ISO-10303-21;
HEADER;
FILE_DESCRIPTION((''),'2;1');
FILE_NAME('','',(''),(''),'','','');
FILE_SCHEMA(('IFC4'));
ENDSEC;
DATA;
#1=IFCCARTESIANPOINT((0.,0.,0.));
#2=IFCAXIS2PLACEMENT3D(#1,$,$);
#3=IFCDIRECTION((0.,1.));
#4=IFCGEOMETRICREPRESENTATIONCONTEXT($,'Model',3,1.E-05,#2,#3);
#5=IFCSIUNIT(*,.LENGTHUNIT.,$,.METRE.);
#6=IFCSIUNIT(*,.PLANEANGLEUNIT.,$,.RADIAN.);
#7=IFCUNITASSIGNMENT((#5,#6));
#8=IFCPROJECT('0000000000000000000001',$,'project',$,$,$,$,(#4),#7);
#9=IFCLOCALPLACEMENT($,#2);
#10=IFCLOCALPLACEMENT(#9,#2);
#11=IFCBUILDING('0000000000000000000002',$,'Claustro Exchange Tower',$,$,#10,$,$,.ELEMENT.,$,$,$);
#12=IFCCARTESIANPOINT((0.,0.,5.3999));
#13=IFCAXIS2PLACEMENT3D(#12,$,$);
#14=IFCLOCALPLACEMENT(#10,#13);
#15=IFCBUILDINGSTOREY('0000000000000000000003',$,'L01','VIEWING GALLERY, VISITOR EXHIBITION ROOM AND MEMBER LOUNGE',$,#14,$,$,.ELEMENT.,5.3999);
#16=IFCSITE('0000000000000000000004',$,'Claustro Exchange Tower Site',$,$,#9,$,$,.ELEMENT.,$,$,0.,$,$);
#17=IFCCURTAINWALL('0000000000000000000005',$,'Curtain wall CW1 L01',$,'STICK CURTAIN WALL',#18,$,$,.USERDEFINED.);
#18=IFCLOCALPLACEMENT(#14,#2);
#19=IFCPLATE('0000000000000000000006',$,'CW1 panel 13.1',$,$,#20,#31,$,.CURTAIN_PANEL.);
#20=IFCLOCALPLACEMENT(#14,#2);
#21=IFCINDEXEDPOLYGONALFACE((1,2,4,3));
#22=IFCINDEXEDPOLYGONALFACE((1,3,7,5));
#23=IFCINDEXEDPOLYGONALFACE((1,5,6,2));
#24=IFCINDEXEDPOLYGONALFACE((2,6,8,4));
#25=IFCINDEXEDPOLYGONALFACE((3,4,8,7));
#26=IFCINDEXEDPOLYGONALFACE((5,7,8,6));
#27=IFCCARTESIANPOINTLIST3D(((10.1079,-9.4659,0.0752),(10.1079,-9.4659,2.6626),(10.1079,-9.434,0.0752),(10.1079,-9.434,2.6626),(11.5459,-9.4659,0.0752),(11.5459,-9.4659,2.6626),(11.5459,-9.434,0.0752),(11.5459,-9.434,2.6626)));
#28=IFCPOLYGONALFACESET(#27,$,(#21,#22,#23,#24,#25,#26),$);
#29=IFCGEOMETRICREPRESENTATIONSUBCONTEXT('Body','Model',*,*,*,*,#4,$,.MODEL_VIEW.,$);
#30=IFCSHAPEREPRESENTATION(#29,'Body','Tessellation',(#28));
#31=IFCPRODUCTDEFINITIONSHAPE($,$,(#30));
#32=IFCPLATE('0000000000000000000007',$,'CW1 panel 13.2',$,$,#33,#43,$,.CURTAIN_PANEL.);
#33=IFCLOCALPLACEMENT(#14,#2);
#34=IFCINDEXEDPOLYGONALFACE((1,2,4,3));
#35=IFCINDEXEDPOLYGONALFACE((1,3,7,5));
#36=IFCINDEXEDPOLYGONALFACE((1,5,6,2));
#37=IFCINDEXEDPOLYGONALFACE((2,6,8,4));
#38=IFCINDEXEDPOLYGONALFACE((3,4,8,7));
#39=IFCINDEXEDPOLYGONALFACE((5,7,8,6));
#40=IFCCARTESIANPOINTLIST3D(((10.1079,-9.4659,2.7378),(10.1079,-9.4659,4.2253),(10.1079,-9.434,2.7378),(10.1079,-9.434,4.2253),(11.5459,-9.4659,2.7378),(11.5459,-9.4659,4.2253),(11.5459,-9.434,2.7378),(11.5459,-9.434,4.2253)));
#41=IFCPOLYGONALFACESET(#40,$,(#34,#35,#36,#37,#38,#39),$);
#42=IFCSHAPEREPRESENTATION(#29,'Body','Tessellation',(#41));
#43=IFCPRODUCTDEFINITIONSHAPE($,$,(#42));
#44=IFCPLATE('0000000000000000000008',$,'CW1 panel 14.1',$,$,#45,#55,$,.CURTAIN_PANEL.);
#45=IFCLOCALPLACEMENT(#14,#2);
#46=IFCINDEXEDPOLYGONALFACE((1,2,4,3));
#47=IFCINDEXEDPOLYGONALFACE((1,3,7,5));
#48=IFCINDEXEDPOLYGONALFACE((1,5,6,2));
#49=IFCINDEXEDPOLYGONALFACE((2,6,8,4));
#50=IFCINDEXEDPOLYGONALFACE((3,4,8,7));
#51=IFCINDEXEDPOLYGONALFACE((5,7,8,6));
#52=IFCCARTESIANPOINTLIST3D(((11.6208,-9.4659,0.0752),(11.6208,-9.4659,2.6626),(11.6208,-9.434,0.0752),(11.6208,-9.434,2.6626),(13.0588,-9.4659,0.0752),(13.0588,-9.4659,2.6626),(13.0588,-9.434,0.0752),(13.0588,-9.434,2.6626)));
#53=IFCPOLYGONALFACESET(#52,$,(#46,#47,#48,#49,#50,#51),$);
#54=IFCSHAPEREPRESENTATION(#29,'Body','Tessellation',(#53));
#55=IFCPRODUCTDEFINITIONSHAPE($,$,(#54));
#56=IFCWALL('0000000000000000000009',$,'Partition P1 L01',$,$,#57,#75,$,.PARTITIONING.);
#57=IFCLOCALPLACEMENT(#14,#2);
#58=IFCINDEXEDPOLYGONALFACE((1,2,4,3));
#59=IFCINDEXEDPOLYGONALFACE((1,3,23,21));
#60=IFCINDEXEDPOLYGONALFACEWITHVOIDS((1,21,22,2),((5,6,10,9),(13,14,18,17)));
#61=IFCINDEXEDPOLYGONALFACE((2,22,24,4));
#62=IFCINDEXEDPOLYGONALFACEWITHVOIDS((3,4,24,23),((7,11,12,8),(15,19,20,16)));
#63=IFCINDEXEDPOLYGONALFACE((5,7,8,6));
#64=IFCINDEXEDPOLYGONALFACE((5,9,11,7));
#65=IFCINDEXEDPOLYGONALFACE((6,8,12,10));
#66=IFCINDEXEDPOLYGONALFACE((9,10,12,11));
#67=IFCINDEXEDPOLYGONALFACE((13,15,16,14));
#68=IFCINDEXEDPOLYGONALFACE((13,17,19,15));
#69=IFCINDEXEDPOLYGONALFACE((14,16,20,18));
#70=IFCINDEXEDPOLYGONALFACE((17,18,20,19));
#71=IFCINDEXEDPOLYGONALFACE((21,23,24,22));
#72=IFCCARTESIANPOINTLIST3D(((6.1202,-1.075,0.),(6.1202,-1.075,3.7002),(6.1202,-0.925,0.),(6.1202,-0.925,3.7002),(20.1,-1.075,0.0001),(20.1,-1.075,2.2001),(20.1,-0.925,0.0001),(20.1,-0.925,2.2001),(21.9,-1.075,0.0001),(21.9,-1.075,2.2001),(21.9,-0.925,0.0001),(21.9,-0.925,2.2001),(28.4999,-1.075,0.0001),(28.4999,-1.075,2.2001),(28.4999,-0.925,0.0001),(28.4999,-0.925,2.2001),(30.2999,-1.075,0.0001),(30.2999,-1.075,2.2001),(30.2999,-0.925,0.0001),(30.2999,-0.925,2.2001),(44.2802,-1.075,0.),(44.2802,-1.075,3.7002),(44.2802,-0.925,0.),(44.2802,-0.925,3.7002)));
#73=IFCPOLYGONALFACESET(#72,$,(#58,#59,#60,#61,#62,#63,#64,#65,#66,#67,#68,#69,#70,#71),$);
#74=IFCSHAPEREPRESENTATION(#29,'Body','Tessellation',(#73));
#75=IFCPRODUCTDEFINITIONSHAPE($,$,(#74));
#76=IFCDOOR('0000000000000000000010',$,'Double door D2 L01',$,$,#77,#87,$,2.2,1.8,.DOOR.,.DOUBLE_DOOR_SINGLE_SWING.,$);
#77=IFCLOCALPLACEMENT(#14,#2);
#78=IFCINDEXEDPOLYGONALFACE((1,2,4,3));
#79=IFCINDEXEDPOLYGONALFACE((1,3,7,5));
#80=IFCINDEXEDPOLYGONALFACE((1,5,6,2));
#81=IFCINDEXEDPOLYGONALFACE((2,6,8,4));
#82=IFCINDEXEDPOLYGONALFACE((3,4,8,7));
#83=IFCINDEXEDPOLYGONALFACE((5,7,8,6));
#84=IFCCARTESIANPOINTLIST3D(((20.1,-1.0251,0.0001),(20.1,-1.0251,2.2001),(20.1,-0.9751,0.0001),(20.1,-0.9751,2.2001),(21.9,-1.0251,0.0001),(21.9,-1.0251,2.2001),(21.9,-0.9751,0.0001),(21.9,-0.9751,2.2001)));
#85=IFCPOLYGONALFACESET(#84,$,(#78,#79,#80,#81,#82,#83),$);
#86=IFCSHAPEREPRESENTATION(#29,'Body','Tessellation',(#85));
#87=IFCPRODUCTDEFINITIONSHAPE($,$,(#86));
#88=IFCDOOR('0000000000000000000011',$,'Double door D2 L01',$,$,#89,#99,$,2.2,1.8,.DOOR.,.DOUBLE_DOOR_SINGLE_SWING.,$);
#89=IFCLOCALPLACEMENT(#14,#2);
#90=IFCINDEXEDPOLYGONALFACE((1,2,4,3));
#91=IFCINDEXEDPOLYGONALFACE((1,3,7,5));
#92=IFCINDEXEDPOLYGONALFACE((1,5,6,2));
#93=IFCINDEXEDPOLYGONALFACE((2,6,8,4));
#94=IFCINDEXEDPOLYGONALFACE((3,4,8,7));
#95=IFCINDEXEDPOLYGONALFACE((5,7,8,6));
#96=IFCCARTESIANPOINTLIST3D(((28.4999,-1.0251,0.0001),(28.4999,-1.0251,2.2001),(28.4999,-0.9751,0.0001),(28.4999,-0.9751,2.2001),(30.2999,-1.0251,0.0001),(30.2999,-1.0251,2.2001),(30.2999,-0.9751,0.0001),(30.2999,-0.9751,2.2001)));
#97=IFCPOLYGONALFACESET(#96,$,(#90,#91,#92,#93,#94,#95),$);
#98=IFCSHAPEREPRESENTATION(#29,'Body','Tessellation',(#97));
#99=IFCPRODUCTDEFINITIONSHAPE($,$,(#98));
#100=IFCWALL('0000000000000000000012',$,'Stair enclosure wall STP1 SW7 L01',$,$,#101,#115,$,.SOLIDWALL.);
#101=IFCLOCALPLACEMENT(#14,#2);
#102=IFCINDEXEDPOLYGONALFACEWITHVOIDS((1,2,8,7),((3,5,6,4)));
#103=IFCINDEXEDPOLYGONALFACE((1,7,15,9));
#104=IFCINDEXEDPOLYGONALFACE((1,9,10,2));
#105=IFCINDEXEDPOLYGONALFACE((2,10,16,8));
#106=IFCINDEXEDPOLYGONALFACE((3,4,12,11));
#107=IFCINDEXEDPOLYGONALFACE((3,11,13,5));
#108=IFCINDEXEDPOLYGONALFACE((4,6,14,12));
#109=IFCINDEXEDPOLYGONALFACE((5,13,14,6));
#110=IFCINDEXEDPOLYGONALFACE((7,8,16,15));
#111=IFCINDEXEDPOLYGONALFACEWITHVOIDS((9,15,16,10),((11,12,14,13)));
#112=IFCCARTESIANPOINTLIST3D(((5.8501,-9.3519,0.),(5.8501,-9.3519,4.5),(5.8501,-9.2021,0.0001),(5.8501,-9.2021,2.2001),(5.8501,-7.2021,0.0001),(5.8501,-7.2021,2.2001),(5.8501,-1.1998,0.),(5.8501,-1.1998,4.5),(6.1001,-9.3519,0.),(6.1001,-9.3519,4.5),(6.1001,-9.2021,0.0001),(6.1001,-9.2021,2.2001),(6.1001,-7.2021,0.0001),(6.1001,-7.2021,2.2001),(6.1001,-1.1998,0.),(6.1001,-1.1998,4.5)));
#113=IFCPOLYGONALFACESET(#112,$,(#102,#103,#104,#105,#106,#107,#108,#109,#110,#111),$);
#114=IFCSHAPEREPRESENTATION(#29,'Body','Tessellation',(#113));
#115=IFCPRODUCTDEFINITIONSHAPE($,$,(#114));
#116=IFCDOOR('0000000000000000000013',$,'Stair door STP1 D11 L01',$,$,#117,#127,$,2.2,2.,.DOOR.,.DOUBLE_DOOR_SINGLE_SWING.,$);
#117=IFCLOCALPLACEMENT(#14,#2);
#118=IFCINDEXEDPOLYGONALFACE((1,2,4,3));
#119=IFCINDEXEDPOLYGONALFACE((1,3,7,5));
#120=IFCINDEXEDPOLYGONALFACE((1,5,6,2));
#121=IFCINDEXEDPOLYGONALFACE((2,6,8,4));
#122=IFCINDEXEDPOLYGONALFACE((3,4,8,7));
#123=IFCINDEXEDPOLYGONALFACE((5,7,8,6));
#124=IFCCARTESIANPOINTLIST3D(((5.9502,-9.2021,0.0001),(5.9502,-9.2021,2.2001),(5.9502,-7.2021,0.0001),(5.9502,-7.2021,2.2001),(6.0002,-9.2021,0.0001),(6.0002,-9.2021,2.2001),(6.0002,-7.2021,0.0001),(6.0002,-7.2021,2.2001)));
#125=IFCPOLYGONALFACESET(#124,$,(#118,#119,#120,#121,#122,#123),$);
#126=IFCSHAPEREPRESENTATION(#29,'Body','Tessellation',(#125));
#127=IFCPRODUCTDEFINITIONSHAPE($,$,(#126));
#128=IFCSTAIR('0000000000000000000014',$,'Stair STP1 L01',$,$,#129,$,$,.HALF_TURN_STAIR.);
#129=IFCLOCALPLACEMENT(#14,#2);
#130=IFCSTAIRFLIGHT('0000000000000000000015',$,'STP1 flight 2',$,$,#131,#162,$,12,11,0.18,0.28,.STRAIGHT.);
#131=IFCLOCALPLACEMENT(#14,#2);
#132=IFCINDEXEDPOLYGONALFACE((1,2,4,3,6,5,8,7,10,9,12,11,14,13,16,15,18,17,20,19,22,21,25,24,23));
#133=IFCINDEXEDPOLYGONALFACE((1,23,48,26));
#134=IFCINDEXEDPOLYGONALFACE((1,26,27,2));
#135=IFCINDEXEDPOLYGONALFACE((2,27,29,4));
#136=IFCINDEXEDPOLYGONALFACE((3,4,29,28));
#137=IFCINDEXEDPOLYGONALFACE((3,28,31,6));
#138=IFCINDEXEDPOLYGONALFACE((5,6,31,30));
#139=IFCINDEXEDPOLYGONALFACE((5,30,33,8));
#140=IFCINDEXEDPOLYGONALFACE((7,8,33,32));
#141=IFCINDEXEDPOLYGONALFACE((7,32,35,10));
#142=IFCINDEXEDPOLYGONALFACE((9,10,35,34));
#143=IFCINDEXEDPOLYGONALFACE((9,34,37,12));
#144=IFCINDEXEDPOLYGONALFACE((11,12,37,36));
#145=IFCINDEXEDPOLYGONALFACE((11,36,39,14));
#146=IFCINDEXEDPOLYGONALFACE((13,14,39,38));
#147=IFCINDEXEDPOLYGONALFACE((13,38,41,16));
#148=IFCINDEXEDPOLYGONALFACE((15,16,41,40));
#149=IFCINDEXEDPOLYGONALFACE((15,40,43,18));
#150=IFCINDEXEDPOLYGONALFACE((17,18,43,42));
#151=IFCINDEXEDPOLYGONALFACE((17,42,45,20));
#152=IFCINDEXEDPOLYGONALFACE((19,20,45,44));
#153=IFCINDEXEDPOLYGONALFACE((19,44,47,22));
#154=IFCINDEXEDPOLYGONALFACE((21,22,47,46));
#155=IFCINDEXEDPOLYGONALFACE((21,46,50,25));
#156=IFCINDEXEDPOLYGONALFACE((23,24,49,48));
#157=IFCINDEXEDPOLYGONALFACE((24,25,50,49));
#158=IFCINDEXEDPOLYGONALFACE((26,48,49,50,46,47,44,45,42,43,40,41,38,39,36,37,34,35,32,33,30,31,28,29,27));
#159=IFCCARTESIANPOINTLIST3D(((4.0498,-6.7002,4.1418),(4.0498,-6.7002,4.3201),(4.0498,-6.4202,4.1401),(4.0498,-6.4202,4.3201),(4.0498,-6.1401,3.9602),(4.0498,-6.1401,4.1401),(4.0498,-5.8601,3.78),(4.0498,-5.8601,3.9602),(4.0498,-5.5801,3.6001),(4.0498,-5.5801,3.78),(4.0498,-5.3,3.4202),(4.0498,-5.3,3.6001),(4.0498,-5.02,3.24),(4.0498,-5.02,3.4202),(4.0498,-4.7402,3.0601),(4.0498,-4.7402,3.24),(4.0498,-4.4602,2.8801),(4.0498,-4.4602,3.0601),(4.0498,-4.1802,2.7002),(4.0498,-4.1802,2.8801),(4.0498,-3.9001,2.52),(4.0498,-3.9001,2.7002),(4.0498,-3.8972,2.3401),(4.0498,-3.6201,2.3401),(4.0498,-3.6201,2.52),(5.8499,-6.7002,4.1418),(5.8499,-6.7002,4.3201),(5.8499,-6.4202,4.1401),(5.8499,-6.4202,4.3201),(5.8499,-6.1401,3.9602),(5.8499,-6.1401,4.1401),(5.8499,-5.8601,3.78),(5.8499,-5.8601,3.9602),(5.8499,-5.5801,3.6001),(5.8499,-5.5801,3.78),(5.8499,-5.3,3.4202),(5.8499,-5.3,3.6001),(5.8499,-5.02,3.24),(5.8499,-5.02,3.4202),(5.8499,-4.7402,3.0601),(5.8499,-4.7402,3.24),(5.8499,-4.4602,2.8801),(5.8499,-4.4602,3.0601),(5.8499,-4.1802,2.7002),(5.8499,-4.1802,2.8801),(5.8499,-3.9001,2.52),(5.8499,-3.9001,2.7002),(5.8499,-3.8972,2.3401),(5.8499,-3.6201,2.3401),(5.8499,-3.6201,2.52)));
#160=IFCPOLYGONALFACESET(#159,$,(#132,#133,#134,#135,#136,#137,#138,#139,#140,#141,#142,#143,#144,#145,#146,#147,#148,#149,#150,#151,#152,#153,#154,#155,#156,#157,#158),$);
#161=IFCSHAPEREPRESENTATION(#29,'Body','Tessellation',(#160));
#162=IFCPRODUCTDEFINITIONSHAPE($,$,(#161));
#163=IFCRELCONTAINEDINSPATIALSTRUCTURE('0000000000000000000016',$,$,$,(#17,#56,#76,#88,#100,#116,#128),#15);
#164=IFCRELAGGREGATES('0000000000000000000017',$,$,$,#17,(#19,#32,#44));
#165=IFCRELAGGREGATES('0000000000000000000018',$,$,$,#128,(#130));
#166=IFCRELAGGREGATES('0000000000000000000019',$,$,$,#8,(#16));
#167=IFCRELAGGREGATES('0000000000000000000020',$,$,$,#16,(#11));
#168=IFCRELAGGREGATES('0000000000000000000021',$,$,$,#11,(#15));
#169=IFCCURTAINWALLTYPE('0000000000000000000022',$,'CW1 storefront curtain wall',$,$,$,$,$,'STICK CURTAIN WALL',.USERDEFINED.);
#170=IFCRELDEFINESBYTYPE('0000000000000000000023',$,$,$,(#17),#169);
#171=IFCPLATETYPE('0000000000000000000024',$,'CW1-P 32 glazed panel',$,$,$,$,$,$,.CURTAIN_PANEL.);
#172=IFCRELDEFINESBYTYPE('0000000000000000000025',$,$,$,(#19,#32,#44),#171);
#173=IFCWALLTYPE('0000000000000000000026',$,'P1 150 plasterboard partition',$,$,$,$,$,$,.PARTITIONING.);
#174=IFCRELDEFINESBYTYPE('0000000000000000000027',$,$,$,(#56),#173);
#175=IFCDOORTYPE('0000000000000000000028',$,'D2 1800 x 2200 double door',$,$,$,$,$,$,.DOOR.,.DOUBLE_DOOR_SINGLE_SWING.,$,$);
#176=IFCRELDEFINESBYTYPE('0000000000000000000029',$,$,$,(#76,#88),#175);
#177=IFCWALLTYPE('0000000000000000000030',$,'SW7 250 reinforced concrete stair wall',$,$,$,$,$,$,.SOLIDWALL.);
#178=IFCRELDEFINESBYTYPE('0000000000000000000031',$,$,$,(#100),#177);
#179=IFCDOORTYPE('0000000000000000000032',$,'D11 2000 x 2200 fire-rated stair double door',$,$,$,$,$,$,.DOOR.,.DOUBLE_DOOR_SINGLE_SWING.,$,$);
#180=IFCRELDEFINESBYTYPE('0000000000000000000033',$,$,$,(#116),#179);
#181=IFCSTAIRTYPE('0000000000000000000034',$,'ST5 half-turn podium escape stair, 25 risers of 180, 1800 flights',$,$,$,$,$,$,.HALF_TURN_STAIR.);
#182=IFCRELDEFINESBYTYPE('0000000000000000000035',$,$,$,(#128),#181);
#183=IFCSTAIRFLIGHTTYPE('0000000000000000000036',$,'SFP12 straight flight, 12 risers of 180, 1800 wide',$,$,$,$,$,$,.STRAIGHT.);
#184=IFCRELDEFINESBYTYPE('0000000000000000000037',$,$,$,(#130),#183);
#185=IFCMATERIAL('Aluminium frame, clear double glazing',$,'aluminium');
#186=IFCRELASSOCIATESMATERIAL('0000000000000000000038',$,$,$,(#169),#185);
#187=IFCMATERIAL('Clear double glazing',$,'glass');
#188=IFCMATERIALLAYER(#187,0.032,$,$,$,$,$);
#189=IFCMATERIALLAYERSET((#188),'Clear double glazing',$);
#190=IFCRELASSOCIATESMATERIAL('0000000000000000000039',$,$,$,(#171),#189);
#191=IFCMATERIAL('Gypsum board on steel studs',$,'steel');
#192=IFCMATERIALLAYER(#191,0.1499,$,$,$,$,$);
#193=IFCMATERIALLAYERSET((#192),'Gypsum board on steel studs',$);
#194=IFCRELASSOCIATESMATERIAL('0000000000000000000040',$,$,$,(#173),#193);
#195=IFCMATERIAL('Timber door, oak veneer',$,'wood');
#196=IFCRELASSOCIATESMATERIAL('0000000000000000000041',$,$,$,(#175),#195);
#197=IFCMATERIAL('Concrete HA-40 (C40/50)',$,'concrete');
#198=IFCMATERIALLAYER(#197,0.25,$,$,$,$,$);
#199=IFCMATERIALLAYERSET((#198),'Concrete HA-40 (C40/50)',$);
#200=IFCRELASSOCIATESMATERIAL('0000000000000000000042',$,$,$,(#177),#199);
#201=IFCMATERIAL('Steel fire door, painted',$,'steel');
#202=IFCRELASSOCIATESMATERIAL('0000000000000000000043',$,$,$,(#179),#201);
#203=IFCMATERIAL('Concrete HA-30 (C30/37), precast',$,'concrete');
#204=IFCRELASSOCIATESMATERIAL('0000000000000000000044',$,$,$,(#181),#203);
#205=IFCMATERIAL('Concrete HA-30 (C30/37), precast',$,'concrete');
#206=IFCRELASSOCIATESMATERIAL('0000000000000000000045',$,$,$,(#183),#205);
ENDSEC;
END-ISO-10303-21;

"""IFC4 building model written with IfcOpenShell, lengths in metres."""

from ifc_helpers import new_model, si_unit, direction, frame, frame_2d, origin, origin_2d, place, context, subcontext, project, spatial, polyline, rectangle, outline, extrude, material, layer, layer_set, type_object, element, fill, aggregate, save


model = new_model("IFC4")

# Units and contexts
model_context = context("Model", 3, precision=1e-05, world=origin(), true_north=direction((0.0, 1.0)))
body_context = subcontext(model_context, "Body", "Model", "MODEL_VIEW")
ifc_project = project(units=[si_unit("LENGTHUNIT", "METRE"), si_unit("PLANEANGLEUNIT", "RADIAN")], contexts=[model_context])

# Site, building, storey
site_placement = place(None, origin())
site = spatial("IfcSite", under=ifc_project, at=site_placement, Name="Claustro Exchange Tower Site", CompositionType="ELEMENT", RefElevation=0.0)
building_placement = place(site_placement, origin())
building = spatial("IfcBuilding", under=site, at=building_placement, Name="Claustro Exchange Tower", CompositionType="ELEMENT")
storey_placement = place(building_placement, frame((0.0, 0.0, 5.3999)))
storey = spatial("IfcBuildingStorey", under=building, at=storey_placement, Name="L01", Description="VIEWING GALLERY, VISITOR EXHIBITION ROOM AND MEMBER LOUNGE", CompositionType="ELEMENT", Elevation=5.3999)

# Curtain wall, plates
ifc_material_1 = material(Name="Aluminium frame, clear double glazing", Category="aluminium")
curtain_wall_type = type_object("IfcCurtainWallType", Name="CW1 storefront curtain wall", ElementType="STICK CURTAIN WALL", PredefinedType="USERDEFINED", material=ifc_material_1)
curtain_wall_placement = place(storey_placement, origin())
curtain_wall = element("IfcCurtainWall", 1, at=curtain_wall_placement, inside=storey, type_object=curtain_wall_type, Name="Curtain wall CW1 L01", ObjectType="STICK CURTAIN WALL", PredefinedType="USERDEFINED")
ifc_material_2 = material(Name="Clear double glazing", Category="glass")
ifc_layer_1 = layer(ifc_material_2, 0.032)
ifc_layer_set_1 = layer_set([ifc_layer_1], Name="Clear double glazing")
plate_type = type_object("IfcPlateType", Name="CW1-P 32 glazed panel", PredefinedType="CURTAIN_PANEL", material=ifc_layer_set_1)
plate_1_placement = place(storey_placement, frame((10.8269, -9.45, 0.0752), z_axis=(0.0, 0.0, 1.0), x_axis=(1.0, 0.0, 0.0)))
plate_1 = element("IfcPlate", 2, at=plate_1_placement, type_object=plate_type, Name="CW1 panel 13.1", PredefinedType="CURTAIN_PANEL", context=body_context, shape_type="SweptSolid", body=[
    extrude(rectangle(XDim=1.438, YDim=0.032, at=origin_2d()), origin(), (0.0, 0.0, 1.0), 2.5874),
])
plate_2_placement = place(storey_placement, frame((10.8269, -9.45, 2.7378), z_axis=(0.0, 0.0, 1.0), x_axis=(1.0, 0.0, 0.0)))
plate_2 = element("IfcPlate", 3, at=plate_2_placement, type_object=plate_type, Name="CW1 panel 13.2", PredefinedType="CURTAIN_PANEL", context=body_context, shape_type="SweptSolid", body=[
    extrude(rectangle(XDim=1.438, YDim=0.032, at=origin_2d()), origin(), (0.0, 0.0, 1.0), 1.4875),
])
plate_3_placement = place(storey_placement, frame((12.3398, -9.45, 0.0752), z_axis=(0.0, 0.0, 1.0), x_axis=(1.0, 0.0, 0.0)))
plate_3 = element("IfcPlate", 4, at=plate_3_placement, type_object=plate_type, Name="CW1 panel 14.1", PredefinedType="CURTAIN_PANEL", context=body_context, shape_type="SweptSolid", body=[
    extrude(rectangle(XDim=1.438, YDim=0.032, at=origin_2d()), origin(), (0.0, 0.0, 1.0), 2.5874),
])
aggregate(curtain_wall, [plate_1, plate_2, plate_3])

# Wall, openings, doors
ifc_material_3 = material(Name="Gypsum board on steel studs", Category="steel")
ifc_layer_2 = layer(ifc_material_3, 0.1499)
ifc_layer_set_2 = layer_set([ifc_layer_2], Name="Gypsum board on steel studs")
wall_type_1 = type_object("IfcWallType", Name="P1 150 plasterboard partition", PredefinedType="PARTITIONING", material=ifc_layer_set_2)
wall_1_placement = place(storey_placement, frame((6.1201, -1.0, 0.0), z_axis=(0.0, 0.0, 1.0), x_axis=(1.0, 0.0, 0.0)))
wall_1 = element("IfcWall", 5, at=wall_1_placement, inside=storey, type_object=wall_type_1, Name="Partition P1 L01", PredefinedType="PARTITIONING", context=body_context, shape_type="SweptSolid", body=[
    extrude(rectangle(XDim=38.1599, YDim=0.1499, at=frame_2d((19.0801, 0.0))), origin(), (0.0, 0.0, 1.0), 3.7002),
])
opening_1_placement = place(wall_1_placement, frame((13.98, 0.0, 0.0)))
opening_1 = element("IfcOpeningElement", 6, at=opening_1_placement, cuts=wall_1, PredefinedType="OPENING", context=body_context, shape_type="SweptSolid", body=[
    extrude(rectangle(XDim=1.8, YDim=2.2, at=frame_2d((0.8999, 1.1001))), frame((0.0, 0.085, 0.0), z_axis=(0.0, -1.0, 0.0), x_axis=(1.0, 0.0, 0.0)), (0.0, 0.0, 1.0), 0.1699),
])
opening_2_placement = place(wall_1_placement, frame((22.3799, 0.0, 0.0)))
opening_2 = element("IfcOpeningElement", 7, at=opening_2_placement, cuts=wall_1, PredefinedType="OPENING", context=body_context, shape_type="SweptSolid", body=[
    extrude(rectangle(XDim=1.8, YDim=2.2, at=frame_2d((0.8999, 1.1001))), frame((0.0, 0.085, 0.0), z_axis=(0.0, -1.0, 0.0), x_axis=(1.0, 0.0, 0.0)), (0.0, 0.0, 1.0), 0.1699),
])
ifc_material_4 = material(Name="Timber door, oak veneer", Category="wood")
door_type_1 = type_object("IfcDoorType", Name="D2 1800 x 2200 double door", OperationType="DOUBLE_DOOR_SINGLE_SWING", PredefinedType="DOOR", material=ifc_material_4)
door_1_placement = place(opening_1_placement, origin())
door_1 = element("IfcDoor", 8, at=door_1_placement, inside=storey, type_object=door_type_1, Name="Double door D2 L01", OperationType="DOUBLE_DOOR_SINGLE_SWING", OverallHeight=2.2, OverallWidth=1.8, PredefinedType="DOOR", context=body_context, shape_type="SweptSolid", body=[
    extrude(rectangle(XDim=1.8, YDim=2.2, at=frame_2d((0.8999, 1.1001))), frame((0.0, 0.0249, 0.0), z_axis=(0.0, -1.0, 0.0), x_axis=(1.0, 0.0, 0.0)), (0.0, 0.0, 1.0), 0.05),
])
fill(opening_1, door_1)
door_2_placement = place(opening_2_placement, origin())
door_2 = element("IfcDoor", 9, at=door_2_placement, inside=storey, type_object=door_type_1, Name="Double door D2 L01", OperationType="DOUBLE_DOOR_SINGLE_SWING", OverallHeight=2.2, OverallWidth=1.8, PredefinedType="DOOR", context=body_context, shape_type="SweptSolid", body=[
    extrude(rectangle(XDim=1.8, YDim=2.2, at=frame_2d((0.8999, 1.1001))), frame((0.0, 0.0249, 0.0), z_axis=(0.0, -1.0, 0.0), x_axis=(1.0, 0.0, 0.0)), (0.0, 0.0, 1.0), 0.05),
])
fill(opening_2, door_2)

# Wall, opening, door
ifc_material_5 = material(Name="Concrete HA-40 (C40/50)", Category="concrete")
ifc_layer_3 = layer(ifc_material_5, 0.25)
ifc_layer_set_3 = layer_set([ifc_layer_3], Name="Concrete HA-40 (C40/50)")
wall_type_2 = type_object("IfcWallType", Name="SW7 250 reinforced concrete stair wall", PredefinedType="SOLIDWALL", material=ifc_layer_set_3)
wall_2_placement = place(storey_placement, frame((5.9751, -9.3521, 0.0), z_axis=(0.0, 0.0, 1.0), x_axis=(0.0, 1.0, 0.0)))
wall_2 = element("IfcWall", 10, at=wall_2_placement, inside=storey, type_object=wall_type_2, Name="Stair enclosure wall STP1 SW7 L01", PredefinedType="SOLIDWALL", context=body_context, shape_type="SweptSolid", body=[
    extrude(rectangle(XDim=8.1521, YDim=0.25, at=frame_2d((4.0762, 0.0))), origin(), (0.0, 0.0, 1.0), 4.5),
])
opening_3_placement = place(wall_2_placement, frame((0.1499, 0.0, 0.0)))
opening_3 = element("IfcOpeningElement", 11, at=opening_3_placement, cuts=wall_2, PredefinedType="OPENING", context=body_context, shape_type="SweptSolid", body=[
    extrude(rectangle(XDim=2.0, YDim=2.2, at=frame_2d((1.0, 1.1001))), frame((0.0, 0.135, 0.0), z_axis=(0.0, -1.0, 0.0), x_axis=(1.0, 0.0, 0.0)), (0.0, 0.0, 1.0), 0.27),
])
ifc_material_6 = material(Name="Steel fire door, painted", Category="steel")
door_type_2 = type_object("IfcDoorType", Name="D11 2000 x 2200 fire-rated stair double door", OperationType="DOUBLE_DOOR_SINGLE_SWING", PredefinedType="DOOR", material=ifc_material_6)
door_3_placement = place(opening_3_placement, origin())
door_3 = element("IfcDoor", 12, at=door_3_placement, inside=storey, type_object=door_type_2, Name="Stair door STP1 D11 L01", OperationType="DOUBLE_DOOR_SINGLE_SWING", OverallHeight=2.2, OverallWidth=2.0, PredefinedType="DOOR", context=body_context, shape_type="SweptSolid", body=[
    extrude(rectangle(XDim=2.0, YDim=2.2, at=frame_2d((1.0, 1.1001))), frame((0.0, 0.0249, 0.0), z_axis=(0.0, -1.0, 0.0), x_axis=(1.0, 0.0, 0.0)), (0.0, 0.0, 1.0), 0.05),
])
fill(opening_3, door_3)

# Stair, stair flight
ifc_material_7 = material(Name="Concrete HA-30 (C30/37), precast", Category="concrete")
stair_type = type_object("IfcStairType", Name="ST5 half-turn podium escape stair, 25 risers of 180, 1800 flights", PredefinedType="HALF_TURN_STAIR", material=ifc_material_7)
stair_placement = place(storey_placement, origin())
stair = element("IfcStair", 13, at=stair_placement, inside=storey, type_object=stair_type, Name="Stair STP1 L01", PredefinedType="HALF_TURN_STAIR")
ifc_material_8 = material(Name="Concrete HA-30 (C30/37), precast", Category="concrete")
stair_flight_type = type_object("IfcStairFlightType", Name="SFP12 straight flight, 12 risers of 180, 1800 wide", PredefinedType="STRAIGHT", material=ifc_material_8)
stair_flight_placement = place(storey_placement, frame((4.95, -3.6201, 2.3401), z_axis=(0.0, 0.0, 1.0), x_axis=(0.0, -1.0, 0.0)))
stair_flight = element("IfcStairFlight", 14, at=stair_flight_placement, type_object=stair_flight_type, Name="STP1 flight 2", NumberOfRisers=12, NumberOfTreads=11, PredefinedType="STRAIGHT", RiserHeight=0.18, TreadLength=0.28, context=body_context, shape_type="SweptSolid", body=[
    extrude(outline(polyline([(0.0, 0.0), (0.0, 0.1799), (0.28, 0.1799), (0.28, 0.3601), (0.5601, 0.3601), (0.5601, 0.54), (0.8401, 0.54), (0.8401, 0.72), (1.1201, 0.72), (1.1201, 0.8999), (1.3999, 0.8999), (1.3999, 1.0801), (1.6799, 1.0801), (1.6799, 1.26), (1.96, 1.26), (1.96, 1.4399), (2.24, 1.4399), (2.24, 1.6201), (2.52, 1.6201), (2.52, 1.8), (2.8, 1.8), (2.8, 1.98), (3.0801, 1.98), (3.0801, 2.1599), (3.0801, 1.8018), (0.2771, 0.0), (0.0, 0.0)])), frame((0.0, 0.8999, 0.0), z_axis=(0.0, -1.0, 0.0), x_axis=(1.0, 0.0, 0.0)), (0.0, 0.0, 1.0), 1.8),
])
aggregate(stair, [stair_flight])

save(model, "model.ifc")
